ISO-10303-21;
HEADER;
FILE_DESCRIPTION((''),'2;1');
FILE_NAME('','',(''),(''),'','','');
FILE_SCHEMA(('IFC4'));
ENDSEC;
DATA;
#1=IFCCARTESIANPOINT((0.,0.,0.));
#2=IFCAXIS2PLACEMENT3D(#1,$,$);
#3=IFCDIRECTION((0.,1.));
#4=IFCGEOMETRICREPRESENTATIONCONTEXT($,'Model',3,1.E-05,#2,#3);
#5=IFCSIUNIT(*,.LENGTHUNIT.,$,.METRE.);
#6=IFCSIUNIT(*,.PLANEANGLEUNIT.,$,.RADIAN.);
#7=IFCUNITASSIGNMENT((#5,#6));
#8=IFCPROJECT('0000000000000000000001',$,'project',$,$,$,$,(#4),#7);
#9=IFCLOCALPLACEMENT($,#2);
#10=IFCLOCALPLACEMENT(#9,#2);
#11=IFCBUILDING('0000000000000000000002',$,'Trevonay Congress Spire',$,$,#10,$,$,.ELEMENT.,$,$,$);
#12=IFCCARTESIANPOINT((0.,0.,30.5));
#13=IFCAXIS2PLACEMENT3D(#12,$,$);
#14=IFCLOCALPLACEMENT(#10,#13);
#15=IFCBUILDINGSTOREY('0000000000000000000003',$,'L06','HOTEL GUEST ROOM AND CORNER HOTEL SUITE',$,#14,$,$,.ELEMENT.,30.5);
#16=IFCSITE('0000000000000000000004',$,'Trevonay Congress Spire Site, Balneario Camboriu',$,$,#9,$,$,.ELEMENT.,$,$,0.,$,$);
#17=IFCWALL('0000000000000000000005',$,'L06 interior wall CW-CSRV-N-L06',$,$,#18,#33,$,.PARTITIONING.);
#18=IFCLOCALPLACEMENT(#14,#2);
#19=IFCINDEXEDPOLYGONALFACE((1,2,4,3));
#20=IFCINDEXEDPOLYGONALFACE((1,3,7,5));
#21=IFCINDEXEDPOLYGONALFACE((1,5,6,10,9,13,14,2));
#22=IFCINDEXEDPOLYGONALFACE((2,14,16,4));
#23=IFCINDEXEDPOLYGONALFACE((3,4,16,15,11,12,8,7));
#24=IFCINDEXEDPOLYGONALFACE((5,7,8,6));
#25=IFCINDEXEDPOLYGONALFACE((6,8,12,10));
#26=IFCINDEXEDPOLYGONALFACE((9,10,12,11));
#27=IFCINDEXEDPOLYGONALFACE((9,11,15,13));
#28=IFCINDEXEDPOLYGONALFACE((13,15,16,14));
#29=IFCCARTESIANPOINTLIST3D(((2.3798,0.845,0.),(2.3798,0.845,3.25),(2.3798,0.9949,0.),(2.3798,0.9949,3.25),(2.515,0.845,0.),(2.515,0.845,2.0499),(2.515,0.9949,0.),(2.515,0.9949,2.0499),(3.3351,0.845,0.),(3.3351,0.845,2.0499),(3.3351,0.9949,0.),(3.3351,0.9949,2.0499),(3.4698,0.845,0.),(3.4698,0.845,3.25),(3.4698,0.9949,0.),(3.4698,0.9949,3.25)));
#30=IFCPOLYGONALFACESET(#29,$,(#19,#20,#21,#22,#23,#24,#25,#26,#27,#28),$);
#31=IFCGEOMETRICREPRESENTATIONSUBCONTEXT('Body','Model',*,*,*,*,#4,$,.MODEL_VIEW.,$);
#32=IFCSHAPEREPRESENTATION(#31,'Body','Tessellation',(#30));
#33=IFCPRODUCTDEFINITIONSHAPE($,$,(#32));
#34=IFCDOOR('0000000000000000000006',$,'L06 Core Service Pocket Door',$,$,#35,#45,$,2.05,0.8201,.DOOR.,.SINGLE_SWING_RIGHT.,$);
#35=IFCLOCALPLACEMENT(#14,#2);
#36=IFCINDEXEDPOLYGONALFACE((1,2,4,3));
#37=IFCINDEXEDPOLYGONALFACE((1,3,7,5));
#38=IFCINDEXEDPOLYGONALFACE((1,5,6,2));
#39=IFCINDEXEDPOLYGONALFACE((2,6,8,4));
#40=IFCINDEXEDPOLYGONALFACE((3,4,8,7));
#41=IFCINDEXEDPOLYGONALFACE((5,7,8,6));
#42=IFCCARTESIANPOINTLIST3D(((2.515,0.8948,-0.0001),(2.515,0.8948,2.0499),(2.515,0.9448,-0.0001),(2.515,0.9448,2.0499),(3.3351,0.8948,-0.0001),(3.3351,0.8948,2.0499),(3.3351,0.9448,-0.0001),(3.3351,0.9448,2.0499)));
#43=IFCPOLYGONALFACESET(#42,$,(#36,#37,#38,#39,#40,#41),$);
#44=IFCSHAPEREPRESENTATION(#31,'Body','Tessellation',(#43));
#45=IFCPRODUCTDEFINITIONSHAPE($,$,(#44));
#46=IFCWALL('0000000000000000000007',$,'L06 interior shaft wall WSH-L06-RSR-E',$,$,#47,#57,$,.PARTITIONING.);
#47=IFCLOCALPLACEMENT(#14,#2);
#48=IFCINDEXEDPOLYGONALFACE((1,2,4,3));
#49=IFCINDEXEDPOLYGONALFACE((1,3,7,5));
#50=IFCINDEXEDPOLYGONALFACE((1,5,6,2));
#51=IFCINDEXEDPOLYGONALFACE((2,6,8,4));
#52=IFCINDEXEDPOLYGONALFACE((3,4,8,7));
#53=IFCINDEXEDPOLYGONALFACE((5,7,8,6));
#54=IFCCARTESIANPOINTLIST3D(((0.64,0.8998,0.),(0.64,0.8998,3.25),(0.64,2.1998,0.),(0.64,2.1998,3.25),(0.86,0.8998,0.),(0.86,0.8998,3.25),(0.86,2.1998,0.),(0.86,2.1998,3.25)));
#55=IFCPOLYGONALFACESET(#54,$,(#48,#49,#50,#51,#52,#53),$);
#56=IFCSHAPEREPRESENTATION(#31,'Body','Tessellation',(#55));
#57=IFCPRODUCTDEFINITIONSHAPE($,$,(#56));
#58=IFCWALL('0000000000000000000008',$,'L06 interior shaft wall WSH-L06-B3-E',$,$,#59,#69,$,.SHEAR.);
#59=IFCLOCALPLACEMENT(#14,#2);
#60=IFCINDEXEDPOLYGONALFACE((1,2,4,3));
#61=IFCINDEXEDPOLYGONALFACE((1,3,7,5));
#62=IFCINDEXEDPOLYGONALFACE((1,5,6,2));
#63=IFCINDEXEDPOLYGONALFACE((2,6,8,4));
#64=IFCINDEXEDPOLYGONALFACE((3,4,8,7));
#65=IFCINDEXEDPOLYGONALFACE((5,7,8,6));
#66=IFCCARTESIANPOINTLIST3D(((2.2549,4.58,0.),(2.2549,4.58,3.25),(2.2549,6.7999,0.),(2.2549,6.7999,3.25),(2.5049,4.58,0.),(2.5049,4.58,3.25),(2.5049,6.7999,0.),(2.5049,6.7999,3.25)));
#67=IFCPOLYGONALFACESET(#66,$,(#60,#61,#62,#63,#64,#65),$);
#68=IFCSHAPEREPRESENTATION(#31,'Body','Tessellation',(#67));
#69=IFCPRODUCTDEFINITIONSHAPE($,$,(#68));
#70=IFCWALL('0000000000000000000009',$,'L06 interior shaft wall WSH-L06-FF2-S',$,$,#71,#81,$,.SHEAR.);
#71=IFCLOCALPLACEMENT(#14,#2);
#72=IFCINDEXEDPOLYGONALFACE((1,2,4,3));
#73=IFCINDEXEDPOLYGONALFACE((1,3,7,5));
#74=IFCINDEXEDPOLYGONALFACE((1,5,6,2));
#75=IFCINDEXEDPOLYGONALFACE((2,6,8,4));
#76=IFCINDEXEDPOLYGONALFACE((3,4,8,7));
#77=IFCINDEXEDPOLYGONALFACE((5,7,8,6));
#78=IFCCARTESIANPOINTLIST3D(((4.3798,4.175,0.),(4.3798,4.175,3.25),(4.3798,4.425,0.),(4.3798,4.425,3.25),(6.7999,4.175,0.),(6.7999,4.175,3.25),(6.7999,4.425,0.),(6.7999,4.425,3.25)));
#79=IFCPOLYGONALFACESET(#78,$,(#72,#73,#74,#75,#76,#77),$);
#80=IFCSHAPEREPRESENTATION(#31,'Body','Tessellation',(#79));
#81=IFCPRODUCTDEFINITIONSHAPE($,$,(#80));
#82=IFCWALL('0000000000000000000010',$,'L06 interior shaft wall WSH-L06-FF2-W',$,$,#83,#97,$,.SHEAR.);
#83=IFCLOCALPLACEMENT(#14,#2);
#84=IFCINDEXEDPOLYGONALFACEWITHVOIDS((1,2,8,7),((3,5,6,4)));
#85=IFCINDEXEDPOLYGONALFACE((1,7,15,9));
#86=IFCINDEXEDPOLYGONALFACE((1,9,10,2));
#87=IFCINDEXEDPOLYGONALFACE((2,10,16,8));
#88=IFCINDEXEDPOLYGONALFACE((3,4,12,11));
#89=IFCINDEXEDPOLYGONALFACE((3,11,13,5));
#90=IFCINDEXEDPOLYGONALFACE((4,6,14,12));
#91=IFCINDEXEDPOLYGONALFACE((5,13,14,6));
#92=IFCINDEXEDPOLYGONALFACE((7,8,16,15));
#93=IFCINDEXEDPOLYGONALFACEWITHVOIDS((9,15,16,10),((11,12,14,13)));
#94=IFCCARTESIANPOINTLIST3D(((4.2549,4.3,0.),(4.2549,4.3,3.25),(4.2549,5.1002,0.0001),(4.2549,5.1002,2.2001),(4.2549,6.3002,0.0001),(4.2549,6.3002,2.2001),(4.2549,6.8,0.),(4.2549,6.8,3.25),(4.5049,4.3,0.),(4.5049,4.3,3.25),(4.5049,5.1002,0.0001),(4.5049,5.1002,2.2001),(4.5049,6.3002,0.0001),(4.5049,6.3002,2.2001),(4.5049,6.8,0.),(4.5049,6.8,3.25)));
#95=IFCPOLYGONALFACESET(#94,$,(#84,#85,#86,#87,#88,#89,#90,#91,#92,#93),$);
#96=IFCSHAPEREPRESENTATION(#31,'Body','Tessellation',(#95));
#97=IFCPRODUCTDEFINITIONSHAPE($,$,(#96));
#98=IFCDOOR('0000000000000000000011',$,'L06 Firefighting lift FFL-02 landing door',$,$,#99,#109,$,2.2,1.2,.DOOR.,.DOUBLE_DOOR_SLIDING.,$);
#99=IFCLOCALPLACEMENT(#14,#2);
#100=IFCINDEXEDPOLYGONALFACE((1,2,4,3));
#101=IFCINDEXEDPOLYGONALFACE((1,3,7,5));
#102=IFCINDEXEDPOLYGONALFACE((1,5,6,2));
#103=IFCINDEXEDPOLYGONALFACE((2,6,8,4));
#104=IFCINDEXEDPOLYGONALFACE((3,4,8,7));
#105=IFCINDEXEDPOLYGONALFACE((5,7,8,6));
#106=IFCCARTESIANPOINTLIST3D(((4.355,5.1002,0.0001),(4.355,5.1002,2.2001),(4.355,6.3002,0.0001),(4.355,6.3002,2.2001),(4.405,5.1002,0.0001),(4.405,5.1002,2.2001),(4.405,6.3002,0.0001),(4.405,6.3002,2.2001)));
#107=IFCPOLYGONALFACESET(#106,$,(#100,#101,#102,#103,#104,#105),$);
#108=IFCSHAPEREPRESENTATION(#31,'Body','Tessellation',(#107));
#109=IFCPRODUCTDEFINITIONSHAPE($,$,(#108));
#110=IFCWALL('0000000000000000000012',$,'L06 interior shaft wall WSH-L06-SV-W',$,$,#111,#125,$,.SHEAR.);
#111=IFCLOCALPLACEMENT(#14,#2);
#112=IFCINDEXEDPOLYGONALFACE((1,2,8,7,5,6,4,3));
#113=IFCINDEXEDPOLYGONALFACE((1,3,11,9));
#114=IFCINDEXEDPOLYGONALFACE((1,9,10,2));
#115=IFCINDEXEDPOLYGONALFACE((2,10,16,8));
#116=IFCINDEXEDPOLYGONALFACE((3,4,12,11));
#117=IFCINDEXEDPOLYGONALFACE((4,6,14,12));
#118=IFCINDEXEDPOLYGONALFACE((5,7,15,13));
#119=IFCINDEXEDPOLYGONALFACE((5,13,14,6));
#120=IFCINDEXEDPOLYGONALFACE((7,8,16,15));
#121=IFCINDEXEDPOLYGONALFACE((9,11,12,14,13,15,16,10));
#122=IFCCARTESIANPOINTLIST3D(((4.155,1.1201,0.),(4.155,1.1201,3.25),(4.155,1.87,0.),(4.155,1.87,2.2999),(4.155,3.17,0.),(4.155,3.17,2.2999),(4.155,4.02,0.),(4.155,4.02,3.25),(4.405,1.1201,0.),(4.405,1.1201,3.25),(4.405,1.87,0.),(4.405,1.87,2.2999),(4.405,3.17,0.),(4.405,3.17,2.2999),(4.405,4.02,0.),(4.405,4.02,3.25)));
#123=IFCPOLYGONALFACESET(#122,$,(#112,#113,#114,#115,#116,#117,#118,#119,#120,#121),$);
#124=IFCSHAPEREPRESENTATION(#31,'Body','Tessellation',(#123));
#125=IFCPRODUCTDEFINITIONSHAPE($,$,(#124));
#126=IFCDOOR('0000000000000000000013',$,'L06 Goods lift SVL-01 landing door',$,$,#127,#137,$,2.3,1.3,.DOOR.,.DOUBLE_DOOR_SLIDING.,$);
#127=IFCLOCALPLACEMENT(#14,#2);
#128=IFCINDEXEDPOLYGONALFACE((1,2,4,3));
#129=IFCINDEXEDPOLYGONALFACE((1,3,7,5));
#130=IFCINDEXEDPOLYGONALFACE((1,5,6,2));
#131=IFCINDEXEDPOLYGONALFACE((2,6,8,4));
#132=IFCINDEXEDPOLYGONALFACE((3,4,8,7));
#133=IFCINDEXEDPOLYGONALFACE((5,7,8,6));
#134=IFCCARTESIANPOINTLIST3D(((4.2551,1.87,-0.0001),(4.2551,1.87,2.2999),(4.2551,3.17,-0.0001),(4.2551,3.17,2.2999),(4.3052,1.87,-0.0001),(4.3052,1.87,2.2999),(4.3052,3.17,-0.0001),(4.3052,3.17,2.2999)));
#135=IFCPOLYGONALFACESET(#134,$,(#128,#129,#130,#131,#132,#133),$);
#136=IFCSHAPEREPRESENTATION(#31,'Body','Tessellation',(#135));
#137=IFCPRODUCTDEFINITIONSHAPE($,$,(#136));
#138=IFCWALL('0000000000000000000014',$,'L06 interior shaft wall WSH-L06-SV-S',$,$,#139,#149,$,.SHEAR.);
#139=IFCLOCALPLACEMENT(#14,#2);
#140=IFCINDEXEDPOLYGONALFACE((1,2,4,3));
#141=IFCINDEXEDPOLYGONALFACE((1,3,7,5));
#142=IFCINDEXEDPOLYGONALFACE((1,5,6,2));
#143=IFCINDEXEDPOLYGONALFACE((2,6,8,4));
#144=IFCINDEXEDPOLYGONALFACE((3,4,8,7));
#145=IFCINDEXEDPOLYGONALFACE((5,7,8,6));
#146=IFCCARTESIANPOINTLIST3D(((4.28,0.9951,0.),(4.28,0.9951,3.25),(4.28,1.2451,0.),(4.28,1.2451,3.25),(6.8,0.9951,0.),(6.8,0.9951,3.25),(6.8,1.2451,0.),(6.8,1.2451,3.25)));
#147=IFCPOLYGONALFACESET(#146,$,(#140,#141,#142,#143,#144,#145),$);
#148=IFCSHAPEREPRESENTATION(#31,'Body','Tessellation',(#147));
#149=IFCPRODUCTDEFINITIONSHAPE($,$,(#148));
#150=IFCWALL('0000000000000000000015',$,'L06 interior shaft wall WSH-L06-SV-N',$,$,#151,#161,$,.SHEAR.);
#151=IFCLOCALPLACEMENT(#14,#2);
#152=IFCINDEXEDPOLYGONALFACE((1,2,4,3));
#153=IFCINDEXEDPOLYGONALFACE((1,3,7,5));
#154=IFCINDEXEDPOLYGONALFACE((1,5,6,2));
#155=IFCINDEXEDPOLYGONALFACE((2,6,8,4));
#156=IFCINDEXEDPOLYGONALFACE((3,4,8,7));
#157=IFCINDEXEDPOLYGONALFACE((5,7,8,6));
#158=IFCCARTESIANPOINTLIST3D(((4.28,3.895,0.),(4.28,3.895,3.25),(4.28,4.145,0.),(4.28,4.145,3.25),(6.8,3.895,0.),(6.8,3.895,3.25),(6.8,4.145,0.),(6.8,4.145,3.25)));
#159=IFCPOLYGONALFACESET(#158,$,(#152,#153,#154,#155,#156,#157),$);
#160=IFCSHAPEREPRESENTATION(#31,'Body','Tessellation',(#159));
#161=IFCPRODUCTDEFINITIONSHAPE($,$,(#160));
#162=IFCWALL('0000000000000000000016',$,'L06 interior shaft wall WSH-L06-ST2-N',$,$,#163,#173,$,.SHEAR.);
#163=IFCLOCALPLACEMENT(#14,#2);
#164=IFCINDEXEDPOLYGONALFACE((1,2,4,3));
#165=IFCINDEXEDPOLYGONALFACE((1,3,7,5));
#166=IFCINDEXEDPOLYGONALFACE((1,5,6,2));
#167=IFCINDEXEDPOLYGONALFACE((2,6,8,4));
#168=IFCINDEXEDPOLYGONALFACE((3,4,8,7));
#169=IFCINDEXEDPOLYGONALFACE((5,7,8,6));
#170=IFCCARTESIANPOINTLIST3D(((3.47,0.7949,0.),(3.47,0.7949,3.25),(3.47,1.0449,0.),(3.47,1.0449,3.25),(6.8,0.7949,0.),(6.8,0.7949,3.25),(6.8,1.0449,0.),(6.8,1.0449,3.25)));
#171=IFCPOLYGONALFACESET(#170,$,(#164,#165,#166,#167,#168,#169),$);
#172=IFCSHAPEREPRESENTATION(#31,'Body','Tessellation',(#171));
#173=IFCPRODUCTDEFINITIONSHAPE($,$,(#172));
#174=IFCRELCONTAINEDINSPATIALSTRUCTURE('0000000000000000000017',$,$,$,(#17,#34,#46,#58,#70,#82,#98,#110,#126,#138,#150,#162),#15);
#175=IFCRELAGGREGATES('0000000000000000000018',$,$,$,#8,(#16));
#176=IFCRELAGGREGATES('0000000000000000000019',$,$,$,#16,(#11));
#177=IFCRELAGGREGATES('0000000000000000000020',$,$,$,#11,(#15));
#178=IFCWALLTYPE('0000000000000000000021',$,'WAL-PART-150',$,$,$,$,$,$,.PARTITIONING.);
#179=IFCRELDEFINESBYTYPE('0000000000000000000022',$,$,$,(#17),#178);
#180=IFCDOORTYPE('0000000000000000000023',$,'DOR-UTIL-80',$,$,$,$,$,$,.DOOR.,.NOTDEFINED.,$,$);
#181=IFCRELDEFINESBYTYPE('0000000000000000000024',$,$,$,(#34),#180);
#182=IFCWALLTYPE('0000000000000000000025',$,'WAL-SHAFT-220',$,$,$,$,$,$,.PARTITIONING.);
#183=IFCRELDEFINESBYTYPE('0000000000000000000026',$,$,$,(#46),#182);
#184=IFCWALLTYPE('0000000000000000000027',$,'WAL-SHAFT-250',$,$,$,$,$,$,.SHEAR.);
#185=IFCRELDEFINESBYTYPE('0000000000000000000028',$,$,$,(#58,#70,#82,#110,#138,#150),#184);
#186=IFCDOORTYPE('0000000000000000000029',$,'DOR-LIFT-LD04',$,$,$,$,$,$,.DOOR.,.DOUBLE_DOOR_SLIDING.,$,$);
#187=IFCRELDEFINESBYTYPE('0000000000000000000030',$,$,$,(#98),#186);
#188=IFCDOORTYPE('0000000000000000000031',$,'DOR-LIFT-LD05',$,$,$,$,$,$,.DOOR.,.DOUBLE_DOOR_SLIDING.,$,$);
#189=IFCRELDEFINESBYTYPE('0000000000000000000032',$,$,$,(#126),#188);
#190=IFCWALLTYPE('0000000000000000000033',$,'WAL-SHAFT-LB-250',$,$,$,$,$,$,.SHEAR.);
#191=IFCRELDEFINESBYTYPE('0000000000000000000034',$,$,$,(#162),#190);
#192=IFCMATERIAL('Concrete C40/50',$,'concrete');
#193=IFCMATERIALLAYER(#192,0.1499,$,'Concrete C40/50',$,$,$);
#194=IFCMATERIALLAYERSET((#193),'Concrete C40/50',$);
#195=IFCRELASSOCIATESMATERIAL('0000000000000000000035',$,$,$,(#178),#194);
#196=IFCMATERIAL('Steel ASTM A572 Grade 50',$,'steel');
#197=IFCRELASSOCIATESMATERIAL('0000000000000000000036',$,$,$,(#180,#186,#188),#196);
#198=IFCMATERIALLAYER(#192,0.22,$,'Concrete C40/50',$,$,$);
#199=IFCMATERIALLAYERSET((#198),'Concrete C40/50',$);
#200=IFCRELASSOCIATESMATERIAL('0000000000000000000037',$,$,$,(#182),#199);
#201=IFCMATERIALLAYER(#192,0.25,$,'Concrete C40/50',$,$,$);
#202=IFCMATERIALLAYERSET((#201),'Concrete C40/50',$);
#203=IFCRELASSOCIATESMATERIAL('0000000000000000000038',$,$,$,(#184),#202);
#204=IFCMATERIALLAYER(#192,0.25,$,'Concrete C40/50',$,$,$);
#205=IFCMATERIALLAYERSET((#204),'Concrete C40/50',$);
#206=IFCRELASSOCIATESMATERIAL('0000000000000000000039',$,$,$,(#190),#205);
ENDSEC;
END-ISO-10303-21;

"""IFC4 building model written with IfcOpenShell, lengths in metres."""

from ifc_helpers import new_model, si_unit, direction, frame, frame_2d, origin, place, context, subcontext, project, spatial, rectangle, extrude, material, layer, layer_set, type_object, element, fill, save


model = new_model("IFC4")

# Units and contexts
model_context = context("Model", 3, precision=1e-05, world=origin(), true_north=direction((0.0, 1.0)))
body_context = subcontext(model_context, "Body", "Model", "MODEL_VIEW")
ifc_project = project(units=[si_unit("LENGTHUNIT", "METRE"), si_unit("PLANEANGLEUNIT", "RADIAN")], contexts=[model_context])

# Site, building, storey
site_placement = place(None, origin())
site = spatial("IfcSite", under=ifc_project, at=site_placement, Name="Trevonay Congress Spire Site, Balneario Camboriu", CompositionType="ELEMENT", RefElevation=0.0)
building_placement = place(site_placement, origin())
building = spatial("IfcBuilding", under=site, at=building_placement, Name="Trevonay Congress Spire", CompositionType="ELEMENT")
storey_placement = place(building_placement, frame((0.0, 0.0, 30.5)))
storey = spatial("IfcBuildingStorey", under=building, at=storey_placement, Name="L06", Description="HOTEL GUEST ROOM AND CORNER HOTEL SUITE", CompositionType="ELEMENT", Elevation=30.5)

# Shared definitions
ifc_material_1 = material(Name="Steel ASTM A572 Grade 50", Category="steel")

# Shared definitions
ifc_material_2 = material(Name="Concrete C40/50", Category="concrete")

# Wall, opening, door
ifc_layer_1 = layer(ifc_material_2, 0.1499, Name="Concrete C40/50")
ifc_layer_set_1 = layer_set([ifc_layer_1], Name="Concrete C40/50")
wall_type_1 = type_object("IfcWallType", Name="WAL-PART-150", PredefinedType="PARTITIONING", material=ifc_layer_set_1)
wall_1_placement = place(storey_placement, frame((2.3799, 0.9199, 0.0), z_axis=(0.0, 0.0, 1.0), x_axis=(1.0, 0.0, 0.0)))
wall_1 = element("IfcWall", 1, at=wall_1_placement, inside=storey, type_object=wall_type_1, Name="L06 interior wall CW-CSRV-N-L06", PredefinedType="PARTITIONING", context=body_context, shape_type="SweptSolid", body=[
    extrude(rectangle(XDim=1.0901, YDim=0.1499, at=frame_2d((0.5449, 0.0))), origin(), (0.0, 0.0, 1.0), 3.25),
])
opening_1_placement = place(wall_1_placement, frame((0.135, 0.0, 0.0)))
opening_1 = element("IfcOpeningElement", 2, at=opening_1_placement, cuts=wall_1, PredefinedType="OPENING", context=body_context, shape_type="SweptSolid", body=[
    extrude(rectangle(XDim=0.8201, YDim=2.05, at=frame_2d((0.4102, 1.0249))), frame((0.0, 0.085, 0.0), z_axis=(0.0, -1.0, 0.0), x_axis=(1.0, 0.0, 0.0)), (0.0, 0.0, 1.0), 0.1699),
])
door_type_1 = type_object("IfcDoorType", Name="DOR-UTIL-80", OperationType="NOTDEFINED", PredefinedType="DOOR", material=ifc_material_1)
door_1_placement = place(opening_1_placement, origin())
door_1 = element("IfcDoor", 3, at=door_1_placement, inside=storey, type_object=door_type_1, Name="L06 Core Service Pocket Door", OperationType="SINGLE_SWING_RIGHT", OverallHeight=2.05, OverallWidth=0.8201, PredefinedType="DOOR", context=body_context, shape_type="SweptSolid", body=[
    extrude(rectangle(XDim=0.8201, YDim=2.05, at=frame_2d((0.4102, 1.0249))), frame((0.0, 0.0249, 0.0), z_axis=(0.0, -1.0, 0.0), x_axis=(1.0, 0.0, 0.0)), (0.0, 0.0, 1.0), 0.05),
])
fill(opening_1, door_1)

# Walls
ifc_layer_2 = layer(ifc_material_2, 0.22, Name="Concrete C40/50")
ifc_layer_set_2 = layer_set([ifc_layer_2], Name="Concrete C40/50")
wall_type_2 = type_object("IfcWallType", Name="WAL-SHAFT-220", PredefinedType="PARTITIONING", material=ifc_layer_set_2)
wall_2_placement = place(storey_placement, frame((0.75, 0.8999, 0.0), z_axis=(0.0, 0.0, 1.0), x_axis=(0.0, 1.0, 0.0)))
element("IfcWall", 4, at=wall_2_placement, inside=storey, type_object=wall_type_2, Name="L06 interior shaft wall WSH-L06-RSR-E", PredefinedType="PARTITIONING", context=body_context, shape_type="SweptSolid", body=[
    extrude(rectangle(XDim=1.3, YDim=0.22, at=frame_2d((0.6499, 0.0))), origin(), (0.0, 0.0, 1.0), 3.25),
])
ifc_layer_3 = layer(ifc_material_2, 0.25, Name="Concrete C40/50")
ifc_layer_set_3 = layer_set([ifc_layer_3], Name="Concrete C40/50")
wall_type_3 = type_object("IfcWallType", Name="WAL-SHAFT-250", PredefinedType="SHEAR", material=ifc_layer_set_3)
wall_3_placement = place(storey_placement, frame((2.3799, 4.5801, 0.0), z_axis=(0.0, 0.0, 1.0), x_axis=(0.0, 1.0, 0.0)))
element("IfcWall", 5, at=wall_3_placement, inside=storey, type_object=wall_type_3, Name="L06 interior shaft wall WSH-L06-B3-E", PredefinedType="SHEAR", context=body_context, shape_type="SweptSolid", body=[
    extrude(rectangle(XDim=2.22, YDim=0.25, at=frame_2d((1.1099, 0.0))), origin(), (0.0, 0.0, 1.0), 3.25),
])
wall_4_placement = place(storey_placement, frame((4.3799, 4.3, 0.0), z_axis=(0.0, 0.0, 1.0), x_axis=(1.0, 0.0, 0.0)))
element("IfcWall", 6, at=wall_4_placement, inside=storey, type_object=wall_type_3, Name="L06 interior shaft wall WSH-L06-FF2-S", PredefinedType="SHEAR", context=body_context, shape_type="SweptSolid", body=[
    extrude(rectangle(XDim=2.4202, YDim=0.25, at=frame_2d((1.21, 0.0))), origin(), (0.0, 0.0, 1.0), 3.25),
])

# Walls, openings, doors
wall_5_placement = place(storey_placement, frame((4.3799, 4.3, 0.0), z_axis=(0.0, 0.0, 1.0), x_axis=(0.0, 1.0, 0.0)))
wall_5 = element("IfcWall", 7, at=wall_5_placement, inside=storey, type_object=wall_type_3, Name="L06 interior shaft wall WSH-L06-FF2-W", PredefinedType="SHEAR", context=body_context, shape_type="SweptSolid", body=[
    extrude(rectangle(XDim=2.5, YDim=0.25, at=frame_2d((1.25, 0.0))), origin(), (0.0, 0.0, 1.0), 3.25),
])
opening_2_placement = place(wall_5_placement, frame((0.8, 0.0, 0.0)))
opening_2 = element("IfcOpeningElement", 8, at=opening_2_placement, cuts=wall_5, PredefinedType="OPENING", context=body_context, shape_type="SweptSolid", body=[
    extrude(rectangle(XDim=1.2, YDim=2.2, at=frame_2d((0.6001, 1.1001))), frame((0.0, 0.135, 0.0), z_axis=(0.0, -1.0, 0.0), x_axis=(1.0, 0.0, 0.0)), (0.0, 0.0, 1.0), 0.27),
])
door_type_2 = type_object("IfcDoorType", Name="DOR-LIFT-LD04", OperationType="DOUBLE_DOOR_SLIDING", PredefinedType="DOOR", material=ifc_material_1)
door_2_placement = place(opening_2_placement, origin())
door_2 = element("IfcDoor", 9, at=door_2_placement, inside=storey, type_object=door_type_2, Name="L06 Firefighting lift FFL-02 landing door", OperationType="DOUBLE_DOOR_SLIDING", OverallHeight=2.2, OverallWidth=1.2, PredefinedType="DOOR", context=body_context, shape_type="SweptSolid", body=[
    extrude(rectangle(XDim=1.2, YDim=2.2, at=frame_2d((0.6001, 1.1001))), frame((0.0, 0.0249, 0.0), z_axis=(0.0, -1.0, 0.0), x_axis=(1.0, 0.0, 0.0)), (0.0, 0.0, 1.0), 0.05),
])
fill(opening_2, door_2)
wall_6_placement = place(storey_placement, frame((4.28, 1.1201, 0.0), z_axis=(0.0, 0.0, 1.0), x_axis=(0.0, 1.0, 0.0)))
wall_6 = element("IfcWall", 10, at=wall_6_placement, inside=storey, type_object=wall_type_3, Name="L06 interior shaft wall WSH-L06-SV-W", PredefinedType="SHEAR", context=body_context, shape_type="SweptSolid", body=[
    extrude(rectangle(XDim=2.8999, YDim=0.25, at=frame_2d((1.45, 0.0))), origin(), (0.0, 0.0, 1.0), 3.25),
])
opening_3_placement = place(wall_6_placement, frame((0.75, 0.0, 0.0)))
opening_3 = element("IfcOpeningElement", 11, at=opening_3_placement, cuts=wall_6, PredefinedType="OPENING", context=body_context, shape_type="SweptSolid", body=[
    extrude(rectangle(XDim=1.3, YDim=2.3, at=frame_2d((0.6499, 1.1499))), frame((0.0, 0.135, 0.0), z_axis=(0.0, -1.0, 0.0), x_axis=(1.0, 0.0, 0.0)), (0.0, 0.0, 1.0), 0.27),
])
door_type_3 = type_object("IfcDoorType", Name="DOR-LIFT-LD05", OperationType="DOUBLE_DOOR_SLIDING", PredefinedType="DOOR", material=ifc_material_1)
door_3_placement = place(opening_3_placement, origin())
door_3 = element("IfcDoor", 12, at=door_3_placement, inside=storey, type_object=door_type_3, Name="L06 Goods lift SVL-01 landing door", OperationType="DOUBLE_DOOR_SLIDING", OverallHeight=2.3, OverallWidth=1.3, PredefinedType="DOOR", context=body_context, shape_type="SweptSolid", body=[
    extrude(rectangle(XDim=1.3, YDim=2.3, at=frame_2d((0.6499, 1.1499))), frame((0.0, 0.0249, 0.0), z_axis=(0.0, -1.0, 0.0), x_axis=(1.0, 0.0, 0.0)), (0.0, 0.0, 1.0), 0.05),
])
fill(opening_3, door_3)

# Walls
for number, where, z_axis, x_axis, name in (
    (13, (4.28, 1.1201, 0.0), (0.0, 0.0, 1.0), (1.0, 0.0, 0.0), "L06 interior shaft wall WSH-L06-SV-S"),
    (14, (4.28, 4.02, 0.0), (0.0, 0.0, 1.0), (1.0, 0.0, 0.0), "L06 interior shaft wall WSH-L06-SV-N"),
):
    element("IfcWall", number, at=place(storey_placement, frame(where, z_axis=z_axis, x_axis=x_axis)), inside=storey, type_object=wall_type_3, Name=name, PredefinedType="SHEAR", context=body_context, shape_type="SweptSolid", body=[
        extrude(rectangle(XDim=2.52, YDim=0.25, at=frame_2d((1.26, 0.0))), origin(), (0.0, 0.0, 1.0), 3.25),
    ])
ifc_layer_4 = layer(ifc_material_2, 0.25, Name="Concrete C40/50")
ifc_layer_set_4 = layer_set([ifc_layer_4], Name="Concrete C40/50")
wall_type_4 = type_object("IfcWallType", Name="WAL-SHAFT-LB-250", PredefinedType="SHEAR", material=ifc_layer_set_4)
wall_7_placement = place(storey_placement, frame((3.47, 0.9199, 0.0), z_axis=(0.0, 0.0, 1.0), x_axis=(1.0, 0.0, 0.0)))
element("IfcWall", 15, at=wall_7_placement, inside=storey, type_object=wall_type_4, Name="L06 interior shaft wall WSH-L06-ST2-N", PredefinedType="SHEAR", context=body_context, shape_type="SweptSolid", body=[
    extrude(rectangle(XDim=3.3301, YDim=0.25, at=frame_2d((1.665, 0.0))), origin(), (0.0, 0.0, 1.0), 3.25),
])

save(model, "model.ifc")
